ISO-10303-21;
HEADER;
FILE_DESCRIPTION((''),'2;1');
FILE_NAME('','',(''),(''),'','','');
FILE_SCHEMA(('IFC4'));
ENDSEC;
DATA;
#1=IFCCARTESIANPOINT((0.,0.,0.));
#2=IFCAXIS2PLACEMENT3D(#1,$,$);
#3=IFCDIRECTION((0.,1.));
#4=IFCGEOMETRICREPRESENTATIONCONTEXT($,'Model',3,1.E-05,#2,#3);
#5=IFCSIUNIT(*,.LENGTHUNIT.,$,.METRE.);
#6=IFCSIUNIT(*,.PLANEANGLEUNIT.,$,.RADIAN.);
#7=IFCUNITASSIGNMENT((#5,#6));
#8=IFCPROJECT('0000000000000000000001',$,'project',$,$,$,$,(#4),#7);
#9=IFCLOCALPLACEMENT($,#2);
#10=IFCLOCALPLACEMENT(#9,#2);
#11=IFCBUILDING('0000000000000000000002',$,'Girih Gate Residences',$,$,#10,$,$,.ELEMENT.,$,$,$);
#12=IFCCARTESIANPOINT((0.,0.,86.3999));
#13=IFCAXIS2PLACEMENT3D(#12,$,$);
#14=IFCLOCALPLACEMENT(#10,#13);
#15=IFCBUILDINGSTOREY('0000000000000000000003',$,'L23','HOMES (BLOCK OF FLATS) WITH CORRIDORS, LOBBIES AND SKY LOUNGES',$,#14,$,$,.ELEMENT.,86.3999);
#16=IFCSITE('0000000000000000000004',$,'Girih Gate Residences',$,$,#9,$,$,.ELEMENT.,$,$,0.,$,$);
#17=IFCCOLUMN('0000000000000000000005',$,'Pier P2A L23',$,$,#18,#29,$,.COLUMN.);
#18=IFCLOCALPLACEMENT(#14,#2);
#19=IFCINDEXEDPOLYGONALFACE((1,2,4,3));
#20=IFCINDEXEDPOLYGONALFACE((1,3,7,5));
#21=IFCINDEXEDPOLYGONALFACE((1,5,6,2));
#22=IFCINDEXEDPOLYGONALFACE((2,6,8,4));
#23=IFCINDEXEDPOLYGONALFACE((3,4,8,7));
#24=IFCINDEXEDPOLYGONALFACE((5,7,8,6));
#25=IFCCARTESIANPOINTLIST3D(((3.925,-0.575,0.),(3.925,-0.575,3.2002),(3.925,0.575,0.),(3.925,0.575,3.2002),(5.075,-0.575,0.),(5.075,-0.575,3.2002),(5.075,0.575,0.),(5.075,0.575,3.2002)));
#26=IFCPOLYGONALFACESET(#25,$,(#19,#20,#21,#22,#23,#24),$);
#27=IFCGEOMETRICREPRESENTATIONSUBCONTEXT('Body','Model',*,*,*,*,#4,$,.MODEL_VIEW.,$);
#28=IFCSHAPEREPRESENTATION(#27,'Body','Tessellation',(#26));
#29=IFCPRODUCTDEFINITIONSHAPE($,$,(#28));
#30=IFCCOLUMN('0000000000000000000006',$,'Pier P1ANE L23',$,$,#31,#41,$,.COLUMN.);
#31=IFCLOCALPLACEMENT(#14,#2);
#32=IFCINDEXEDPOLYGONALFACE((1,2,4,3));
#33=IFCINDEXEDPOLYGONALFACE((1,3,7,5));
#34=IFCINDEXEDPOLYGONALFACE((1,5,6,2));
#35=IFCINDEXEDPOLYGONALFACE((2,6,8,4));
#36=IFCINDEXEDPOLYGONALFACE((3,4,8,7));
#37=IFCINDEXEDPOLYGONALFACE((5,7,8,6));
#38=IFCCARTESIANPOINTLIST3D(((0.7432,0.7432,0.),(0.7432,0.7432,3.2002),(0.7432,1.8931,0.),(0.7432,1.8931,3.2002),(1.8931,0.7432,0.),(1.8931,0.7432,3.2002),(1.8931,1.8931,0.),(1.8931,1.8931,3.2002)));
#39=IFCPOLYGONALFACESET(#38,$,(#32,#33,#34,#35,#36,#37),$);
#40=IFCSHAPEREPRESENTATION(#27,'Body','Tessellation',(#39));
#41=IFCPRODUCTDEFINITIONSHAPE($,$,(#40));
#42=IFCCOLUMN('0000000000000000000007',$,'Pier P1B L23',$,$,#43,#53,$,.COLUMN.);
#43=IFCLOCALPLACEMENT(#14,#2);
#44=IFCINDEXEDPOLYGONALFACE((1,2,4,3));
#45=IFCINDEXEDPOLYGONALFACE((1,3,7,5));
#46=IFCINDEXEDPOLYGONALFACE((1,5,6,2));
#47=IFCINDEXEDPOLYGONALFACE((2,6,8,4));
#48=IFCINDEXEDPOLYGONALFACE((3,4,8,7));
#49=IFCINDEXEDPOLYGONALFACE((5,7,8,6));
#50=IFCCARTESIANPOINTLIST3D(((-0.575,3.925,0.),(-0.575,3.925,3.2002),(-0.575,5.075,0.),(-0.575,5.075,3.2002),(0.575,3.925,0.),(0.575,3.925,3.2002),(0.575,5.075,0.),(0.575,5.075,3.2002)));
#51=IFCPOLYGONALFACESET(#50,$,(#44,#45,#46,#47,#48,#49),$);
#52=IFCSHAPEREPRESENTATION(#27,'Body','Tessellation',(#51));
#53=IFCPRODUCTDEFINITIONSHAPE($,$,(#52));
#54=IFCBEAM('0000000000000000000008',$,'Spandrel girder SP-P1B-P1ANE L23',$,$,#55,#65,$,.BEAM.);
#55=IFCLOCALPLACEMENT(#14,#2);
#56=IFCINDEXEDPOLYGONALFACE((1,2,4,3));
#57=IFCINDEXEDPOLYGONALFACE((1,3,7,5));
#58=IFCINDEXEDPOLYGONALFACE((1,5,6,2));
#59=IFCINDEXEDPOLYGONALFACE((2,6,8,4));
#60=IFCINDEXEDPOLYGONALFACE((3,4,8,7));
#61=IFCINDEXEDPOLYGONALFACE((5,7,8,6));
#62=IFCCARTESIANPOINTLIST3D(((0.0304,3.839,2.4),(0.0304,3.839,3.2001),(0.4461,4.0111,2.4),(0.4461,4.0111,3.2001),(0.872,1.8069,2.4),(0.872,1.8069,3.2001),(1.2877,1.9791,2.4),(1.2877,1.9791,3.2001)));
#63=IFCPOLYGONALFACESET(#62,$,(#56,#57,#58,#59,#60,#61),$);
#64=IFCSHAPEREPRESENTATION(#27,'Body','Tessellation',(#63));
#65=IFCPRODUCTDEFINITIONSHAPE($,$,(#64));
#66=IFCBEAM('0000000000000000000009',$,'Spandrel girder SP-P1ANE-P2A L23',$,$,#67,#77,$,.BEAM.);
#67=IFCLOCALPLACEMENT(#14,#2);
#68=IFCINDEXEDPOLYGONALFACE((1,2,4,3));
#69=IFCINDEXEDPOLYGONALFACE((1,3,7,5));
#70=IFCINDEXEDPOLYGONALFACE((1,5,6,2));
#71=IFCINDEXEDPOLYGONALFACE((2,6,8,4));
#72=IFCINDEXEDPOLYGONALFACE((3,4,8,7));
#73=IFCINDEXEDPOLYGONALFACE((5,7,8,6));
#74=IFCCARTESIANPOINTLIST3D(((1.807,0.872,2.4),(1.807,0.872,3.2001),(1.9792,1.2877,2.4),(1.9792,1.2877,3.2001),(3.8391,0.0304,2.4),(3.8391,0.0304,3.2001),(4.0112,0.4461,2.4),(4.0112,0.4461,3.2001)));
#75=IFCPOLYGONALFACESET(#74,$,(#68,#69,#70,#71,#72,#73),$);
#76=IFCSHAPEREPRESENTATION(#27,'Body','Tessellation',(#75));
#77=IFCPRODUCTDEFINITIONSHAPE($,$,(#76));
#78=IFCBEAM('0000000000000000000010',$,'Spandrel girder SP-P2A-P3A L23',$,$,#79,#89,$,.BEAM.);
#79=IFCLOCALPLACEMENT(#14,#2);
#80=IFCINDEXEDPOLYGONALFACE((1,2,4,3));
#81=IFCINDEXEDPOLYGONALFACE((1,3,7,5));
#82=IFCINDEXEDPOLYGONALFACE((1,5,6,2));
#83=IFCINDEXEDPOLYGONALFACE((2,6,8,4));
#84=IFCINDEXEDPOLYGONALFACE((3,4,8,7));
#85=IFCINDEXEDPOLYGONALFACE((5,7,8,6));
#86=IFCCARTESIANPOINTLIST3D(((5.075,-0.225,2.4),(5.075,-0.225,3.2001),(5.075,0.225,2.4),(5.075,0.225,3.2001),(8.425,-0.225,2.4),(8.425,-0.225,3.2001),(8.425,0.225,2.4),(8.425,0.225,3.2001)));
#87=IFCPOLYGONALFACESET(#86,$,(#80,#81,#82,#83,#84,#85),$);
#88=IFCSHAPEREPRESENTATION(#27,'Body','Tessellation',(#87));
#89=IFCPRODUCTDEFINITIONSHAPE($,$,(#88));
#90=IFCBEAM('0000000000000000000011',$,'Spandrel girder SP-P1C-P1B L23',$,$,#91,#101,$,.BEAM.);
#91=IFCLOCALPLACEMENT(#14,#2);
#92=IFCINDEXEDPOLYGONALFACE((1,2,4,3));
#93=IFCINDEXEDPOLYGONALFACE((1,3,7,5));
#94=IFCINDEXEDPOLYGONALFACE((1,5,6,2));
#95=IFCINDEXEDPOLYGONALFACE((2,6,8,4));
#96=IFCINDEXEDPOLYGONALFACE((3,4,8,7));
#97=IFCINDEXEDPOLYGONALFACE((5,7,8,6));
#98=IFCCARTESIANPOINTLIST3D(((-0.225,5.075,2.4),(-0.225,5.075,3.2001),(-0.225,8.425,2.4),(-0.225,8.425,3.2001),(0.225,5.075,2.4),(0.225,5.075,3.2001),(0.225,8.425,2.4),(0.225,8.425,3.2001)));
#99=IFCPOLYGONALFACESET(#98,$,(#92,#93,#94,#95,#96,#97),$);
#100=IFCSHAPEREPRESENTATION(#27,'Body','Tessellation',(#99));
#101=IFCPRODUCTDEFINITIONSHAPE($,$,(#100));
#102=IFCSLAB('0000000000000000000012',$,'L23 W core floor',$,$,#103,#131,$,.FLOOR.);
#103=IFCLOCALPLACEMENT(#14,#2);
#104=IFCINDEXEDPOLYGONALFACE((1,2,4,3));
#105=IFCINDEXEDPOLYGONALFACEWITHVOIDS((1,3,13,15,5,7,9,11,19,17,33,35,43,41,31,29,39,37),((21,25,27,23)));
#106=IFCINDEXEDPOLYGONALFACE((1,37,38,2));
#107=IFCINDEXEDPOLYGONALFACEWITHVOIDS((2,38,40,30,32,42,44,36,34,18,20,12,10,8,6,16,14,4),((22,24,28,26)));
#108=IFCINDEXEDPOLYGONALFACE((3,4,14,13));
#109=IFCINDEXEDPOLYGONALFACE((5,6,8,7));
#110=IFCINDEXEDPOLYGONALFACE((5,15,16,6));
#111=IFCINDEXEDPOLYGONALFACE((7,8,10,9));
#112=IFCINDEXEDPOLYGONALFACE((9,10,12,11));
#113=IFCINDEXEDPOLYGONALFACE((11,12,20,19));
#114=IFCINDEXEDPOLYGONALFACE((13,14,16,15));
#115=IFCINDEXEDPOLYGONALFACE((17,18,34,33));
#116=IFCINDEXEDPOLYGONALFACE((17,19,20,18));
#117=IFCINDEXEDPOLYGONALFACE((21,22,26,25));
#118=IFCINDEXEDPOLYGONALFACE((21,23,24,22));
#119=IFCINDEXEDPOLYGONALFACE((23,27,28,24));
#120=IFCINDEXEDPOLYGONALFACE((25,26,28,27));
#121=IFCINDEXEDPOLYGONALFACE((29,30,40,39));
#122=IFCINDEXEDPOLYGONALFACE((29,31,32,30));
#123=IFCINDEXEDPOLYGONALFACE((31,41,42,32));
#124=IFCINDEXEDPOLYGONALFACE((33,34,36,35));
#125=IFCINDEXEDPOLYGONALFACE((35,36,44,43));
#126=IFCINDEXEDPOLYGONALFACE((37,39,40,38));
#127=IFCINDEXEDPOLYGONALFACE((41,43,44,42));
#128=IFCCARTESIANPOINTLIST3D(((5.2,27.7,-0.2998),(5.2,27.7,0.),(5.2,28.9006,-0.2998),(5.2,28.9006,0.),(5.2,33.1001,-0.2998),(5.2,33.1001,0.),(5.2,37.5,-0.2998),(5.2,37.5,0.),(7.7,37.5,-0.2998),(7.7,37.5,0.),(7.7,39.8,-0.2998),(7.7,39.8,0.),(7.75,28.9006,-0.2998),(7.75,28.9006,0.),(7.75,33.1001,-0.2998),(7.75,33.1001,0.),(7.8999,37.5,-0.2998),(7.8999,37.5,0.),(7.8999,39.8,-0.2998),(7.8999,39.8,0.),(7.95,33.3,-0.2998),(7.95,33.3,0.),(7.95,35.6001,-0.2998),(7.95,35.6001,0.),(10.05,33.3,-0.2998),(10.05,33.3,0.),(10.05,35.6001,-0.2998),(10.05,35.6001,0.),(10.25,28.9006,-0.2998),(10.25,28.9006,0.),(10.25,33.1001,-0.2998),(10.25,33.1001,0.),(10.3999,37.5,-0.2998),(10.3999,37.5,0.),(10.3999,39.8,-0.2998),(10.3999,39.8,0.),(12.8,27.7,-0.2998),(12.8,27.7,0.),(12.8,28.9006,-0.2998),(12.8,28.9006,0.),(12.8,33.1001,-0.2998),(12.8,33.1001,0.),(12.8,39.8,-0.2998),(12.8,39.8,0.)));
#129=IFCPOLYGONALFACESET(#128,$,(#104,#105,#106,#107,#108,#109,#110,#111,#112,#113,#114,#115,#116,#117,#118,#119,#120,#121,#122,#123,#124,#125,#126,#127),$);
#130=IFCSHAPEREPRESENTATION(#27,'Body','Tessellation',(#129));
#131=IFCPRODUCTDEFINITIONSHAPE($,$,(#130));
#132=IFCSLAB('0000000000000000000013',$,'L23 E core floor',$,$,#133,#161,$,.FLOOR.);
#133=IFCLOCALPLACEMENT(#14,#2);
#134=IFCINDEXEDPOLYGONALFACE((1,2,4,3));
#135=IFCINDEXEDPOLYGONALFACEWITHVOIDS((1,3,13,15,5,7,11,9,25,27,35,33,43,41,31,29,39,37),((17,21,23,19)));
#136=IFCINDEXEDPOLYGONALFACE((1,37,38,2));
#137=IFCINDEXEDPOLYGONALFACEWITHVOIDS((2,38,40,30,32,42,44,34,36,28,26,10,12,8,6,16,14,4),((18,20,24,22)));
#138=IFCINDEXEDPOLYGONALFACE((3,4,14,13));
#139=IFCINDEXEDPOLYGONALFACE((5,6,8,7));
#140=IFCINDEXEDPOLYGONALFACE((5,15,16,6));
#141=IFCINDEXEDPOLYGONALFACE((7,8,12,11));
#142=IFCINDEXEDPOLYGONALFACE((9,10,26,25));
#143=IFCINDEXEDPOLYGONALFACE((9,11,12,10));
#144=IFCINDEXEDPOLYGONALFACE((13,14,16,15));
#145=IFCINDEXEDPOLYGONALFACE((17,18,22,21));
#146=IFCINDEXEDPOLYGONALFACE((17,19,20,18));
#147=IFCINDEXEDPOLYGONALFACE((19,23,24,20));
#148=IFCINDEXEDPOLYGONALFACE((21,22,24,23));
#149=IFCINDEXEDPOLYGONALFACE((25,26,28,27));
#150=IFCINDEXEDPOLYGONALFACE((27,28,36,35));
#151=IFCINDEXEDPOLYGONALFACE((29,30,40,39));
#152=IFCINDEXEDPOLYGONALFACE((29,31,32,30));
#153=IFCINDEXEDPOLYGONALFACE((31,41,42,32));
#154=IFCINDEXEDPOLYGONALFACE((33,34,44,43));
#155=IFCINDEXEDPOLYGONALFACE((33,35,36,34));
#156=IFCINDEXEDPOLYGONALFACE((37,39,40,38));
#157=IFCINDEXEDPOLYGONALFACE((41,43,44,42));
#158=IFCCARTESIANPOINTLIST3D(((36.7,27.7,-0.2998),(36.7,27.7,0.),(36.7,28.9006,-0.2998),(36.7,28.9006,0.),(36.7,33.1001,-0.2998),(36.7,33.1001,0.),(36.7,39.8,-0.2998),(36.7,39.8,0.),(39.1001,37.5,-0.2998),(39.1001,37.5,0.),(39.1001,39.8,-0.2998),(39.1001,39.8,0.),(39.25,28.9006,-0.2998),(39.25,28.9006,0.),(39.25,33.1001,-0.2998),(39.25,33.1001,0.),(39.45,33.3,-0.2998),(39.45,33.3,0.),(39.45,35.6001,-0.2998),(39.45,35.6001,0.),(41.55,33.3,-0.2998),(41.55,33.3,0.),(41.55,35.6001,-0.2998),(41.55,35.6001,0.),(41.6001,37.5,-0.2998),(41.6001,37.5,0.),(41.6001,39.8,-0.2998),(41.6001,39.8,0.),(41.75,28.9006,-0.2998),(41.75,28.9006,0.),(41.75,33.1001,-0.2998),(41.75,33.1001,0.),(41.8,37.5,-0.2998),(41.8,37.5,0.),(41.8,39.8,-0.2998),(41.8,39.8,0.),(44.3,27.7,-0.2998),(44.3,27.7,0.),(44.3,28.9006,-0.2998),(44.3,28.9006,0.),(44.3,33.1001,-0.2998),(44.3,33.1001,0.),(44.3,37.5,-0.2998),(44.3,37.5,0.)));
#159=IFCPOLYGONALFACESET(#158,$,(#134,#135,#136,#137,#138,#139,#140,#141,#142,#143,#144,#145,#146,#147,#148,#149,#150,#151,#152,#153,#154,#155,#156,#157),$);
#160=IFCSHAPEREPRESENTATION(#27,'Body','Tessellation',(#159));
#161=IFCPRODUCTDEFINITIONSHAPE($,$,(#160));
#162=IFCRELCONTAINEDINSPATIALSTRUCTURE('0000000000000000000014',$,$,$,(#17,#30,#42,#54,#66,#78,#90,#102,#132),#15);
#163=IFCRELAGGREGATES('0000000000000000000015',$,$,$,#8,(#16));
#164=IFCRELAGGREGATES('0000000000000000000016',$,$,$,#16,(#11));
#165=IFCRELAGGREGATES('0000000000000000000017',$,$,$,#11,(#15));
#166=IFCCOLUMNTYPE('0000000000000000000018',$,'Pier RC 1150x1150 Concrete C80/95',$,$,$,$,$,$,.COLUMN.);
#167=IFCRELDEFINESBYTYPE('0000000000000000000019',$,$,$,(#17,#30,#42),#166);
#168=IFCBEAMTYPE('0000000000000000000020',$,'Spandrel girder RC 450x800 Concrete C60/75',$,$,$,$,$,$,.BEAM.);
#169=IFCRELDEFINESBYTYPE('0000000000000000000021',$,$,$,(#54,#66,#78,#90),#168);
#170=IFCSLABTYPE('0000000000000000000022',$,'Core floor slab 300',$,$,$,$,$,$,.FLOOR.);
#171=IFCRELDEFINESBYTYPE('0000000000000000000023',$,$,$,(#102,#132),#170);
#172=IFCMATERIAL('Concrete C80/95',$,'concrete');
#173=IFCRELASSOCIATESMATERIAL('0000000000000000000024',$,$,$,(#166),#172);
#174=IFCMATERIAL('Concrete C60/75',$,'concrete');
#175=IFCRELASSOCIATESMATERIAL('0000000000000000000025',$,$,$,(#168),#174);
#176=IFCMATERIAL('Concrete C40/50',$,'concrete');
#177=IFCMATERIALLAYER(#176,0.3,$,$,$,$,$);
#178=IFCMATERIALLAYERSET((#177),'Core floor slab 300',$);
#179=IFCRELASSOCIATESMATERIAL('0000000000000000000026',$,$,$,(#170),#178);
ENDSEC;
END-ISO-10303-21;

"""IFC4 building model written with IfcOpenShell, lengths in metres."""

from ifc_helpers import new_model, si_unit, direction, frame, origin, origin_2d, place, context, subcontext, project, spatial, polyline, rectangle, outline, extrude, material, layer, layer_set, material_profile, profile_set, type_object, element, save


model = new_model("IFC4")

# Units and contexts
model_context = context("Model", 3, precision=1e-05, world=origin(), true_north=direction((0.0, 1.0)))
body_context = subcontext(model_context, "Body", "Model", "MODEL_VIEW")
ifc_project = project(units=[si_unit("LENGTHUNIT", "METRE"), si_unit("PLANEANGLEUNIT", "RADIAN")], contexts=[model_context])

# Site, building, storey
site_placement = place(None, origin())
site = spatial("IfcSite", under=ifc_project, at=site_placement, Name="Girih Gate Residences", CompositionType="ELEMENT", RefElevation=0.0)
building_placement = place(site_placement, origin())
building = spatial("IfcBuilding", under=site, at=building_placement, Name="Girih Gate Residences", CompositionType="ELEMENT")
storey_placement = place(building_placement, frame((0.0, 0.0, 86.3999)))
storey = spatial("IfcBuildingStorey", under=building, at=storey_placement, Name="L23", Description="HOMES (BLOCK OF FLATS) WITH CORRIDORS, LOBBIES AND SKY LOUNGES", CompositionType="ELEMENT", Elevation=86.3999)

# Columns
ifc_material_1 = material(Name="Concrete C80/95", Category="concrete")
ifc_material_profile_1 = material_profile(ifc_material_1, rectangle(XDim=1.1499, YDim=1.1499, at=origin_2d()))
ifc_profile_set_1 = profile_set([ifc_material_profile_1], Name="Concrete C80/95")
column_type = type_object("IfcColumnType", Name="Pier RC 1150x1150 Concrete C80/95", PredefinedType="COLUMN", material=ifc_profile_set_1)
for number, where, z_axis, x_axis, name in (
    (1, (4.5, 0.0, 0.0), (0.0, 0.0, 1.0), (1.0, 0.0, 0.0), "Pier P2A L23"),
    (2, (1.3181, 1.3181, 0.0), (0.0, 0.0, 1.0), (1.0, 0.0, 0.0), "Pier P1ANE L23"),
    (3, (0.0, 4.5, 0.0), (0.0, 0.0, 1.0), (1.0, 0.0, 0.0), "Pier P1B L23"),
):
    element("IfcColumn", number, at=place(storey_placement, frame(where, z_axis=z_axis, x_axis=x_axis)), inside=storey, type_object=column_type, Name=name, PredefinedType="COLUMN", context=body_context, shape_type="SweptSolid", body=[
        extrude(rectangle(XDim=1.1499, YDim=1.1499, at=origin_2d()), origin(), (0.0, 0.0, 1.0), 3.2002),
    ])

# Beams
ifc_material_2 = material(Name="Concrete C60/75", Category="concrete")
ifc_material_profile_2 = material_profile(ifc_material_2, rectangle(XDim=0.45, YDim=0.8, at=origin_2d()))
ifc_profile_set_2 = profile_set([ifc_material_profile_2], Name="Concrete C60/75")
beam_type = type_object("IfcBeamType", Name="Spandrel girder RC 450x800 Concrete C60/75", PredefinedType="BEAM", material=ifc_profile_set_2)
for number, where, z_axis, x_axis, name in (
    (4, (0.2383, 3.925, 2.8), (0.382636, -0.923899, 0.0), (0.923899, 0.382636, 0.0), "Spandrel girder SP-P1B-P1ANE L23"),
    (5, (1.8931, 1.0798, 2.8), (0.923899, -0.382636, 0.0), (0.382636, 0.923899, 0.0), "Spandrel girder SP-P1ANE-P2A L23"),
):
    element("IfcBeam", number, at=place(storey_placement, frame(where, z_axis=z_axis, x_axis=x_axis)), inside=storey, type_object=beam_type, Name=name, PredefinedType="BEAM", context=body_context, shape_type="SweptSolid", body=[
        extrude(rectangle(XDim=0.45, YDim=0.8, at=origin_2d()), origin(), (0.0, 0.0, 1.0), 2.1995),
    ])
for number, where, z_axis, x_axis, name in (
    (6, (5.075, 0.0, 2.8), (1.0, 0.0, 0.0), (0.0, 1.0, 0.0), "Spandrel girder SP-P2A-P3A L23"),
    (7, (0.0, 8.425, 2.8), (0.0, -1.0, 0.0), (1.0, 0.0, 0.0), "Spandrel girder SP-P1C-P1B L23"),
):
    element("IfcBeam", number, at=place(storey_placement, frame(where, z_axis=z_axis, x_axis=x_axis)), inside=storey, type_object=beam_type, Name=name, PredefinedType="BEAM", context=body_context, shape_type="SweptSolid", body=[
        extrude(rectangle(XDim=0.45, YDim=0.8, at=origin_2d()), origin(), (0.0, 0.0, 1.0), 3.3501),
    ])

# Slabs
ifc_material_3 = material(Name="Concrete C40/50", Category="concrete")
ifc_layer_1 = layer(ifc_material_3, 0.3)
ifc_layer_set_1 = layer_set([ifc_layer_1], Name="Core floor slab 300")
slab_type_1 = type_object("IfcSlabType", Name="Core floor slab 300", PredefinedType="FLOOR", material=ifc_layer_set_1)
slab_1_placement = place(storey_placement, frame((0.0, 0.0, -0.2998)))
element("IfcSlab", 8, at=slab_1_placement, inside=storey, type_object=slab_type_1, Name="L23 W core floor", PredefinedType="FLOOR", context=body_context, shape_type="SweptSolid", body=[
    extrude(outline(polyline([(12.8, 27.7), (5.2, 27.7), (5.2, 28.9006), (7.75, 28.9006), (7.75, 33.1001), (5.2, 33.1001), (5.2, 37.5), (7.7, 37.5), (7.7, 39.8), (7.8999, 39.8), (7.8999, 37.5), (10.3999, 37.5), (10.3999, 39.8), (12.8, 39.8), (12.8, 33.1001), (10.25, 33.1001), (10.25, 28.9006), (12.8, 28.9006), (12.8, 27.7)]), holes=[polyline([(7.95, 33.3), (10.05, 33.3), (10.05, 35.6001), (7.95, 35.6001), (7.95, 33.3)])]), origin(), (0.0, 0.0, 1.0), 0.2998),
])
slab_2_placement = place(storey_placement, frame((0.0, 0.0, -0.2998)))
element("IfcSlab", 9, at=slab_2_placement, inside=storey, type_object=slab_type_1, Name="L23 E core floor", PredefinedType="FLOOR", context=body_context, shape_type="SweptSolid", body=[
    extrude(outline(polyline([(44.3, 27.7), (36.7, 27.7), (36.7, 28.9006), (39.25, 28.9006), (39.25, 33.1001), (36.7, 33.1001), (36.7, 39.8), (39.1001, 39.8), (39.1001, 37.5), (41.6001, 37.5), (41.6001, 39.8), (41.8, 39.8), (41.8, 37.5), (44.3, 37.5), (44.3, 33.1001), (41.75, 33.1001), (41.75, 28.9006), (44.3, 28.9006), (44.3, 27.7)]), holes=[polyline([(39.45, 33.3), (41.55, 33.3), (41.55, 35.6001), (39.45, 35.6001), (39.45, 33.3)])]), origin(), (0.0, 0.0, 1.0), 0.2998),
])

save(model, "model.ifc")
